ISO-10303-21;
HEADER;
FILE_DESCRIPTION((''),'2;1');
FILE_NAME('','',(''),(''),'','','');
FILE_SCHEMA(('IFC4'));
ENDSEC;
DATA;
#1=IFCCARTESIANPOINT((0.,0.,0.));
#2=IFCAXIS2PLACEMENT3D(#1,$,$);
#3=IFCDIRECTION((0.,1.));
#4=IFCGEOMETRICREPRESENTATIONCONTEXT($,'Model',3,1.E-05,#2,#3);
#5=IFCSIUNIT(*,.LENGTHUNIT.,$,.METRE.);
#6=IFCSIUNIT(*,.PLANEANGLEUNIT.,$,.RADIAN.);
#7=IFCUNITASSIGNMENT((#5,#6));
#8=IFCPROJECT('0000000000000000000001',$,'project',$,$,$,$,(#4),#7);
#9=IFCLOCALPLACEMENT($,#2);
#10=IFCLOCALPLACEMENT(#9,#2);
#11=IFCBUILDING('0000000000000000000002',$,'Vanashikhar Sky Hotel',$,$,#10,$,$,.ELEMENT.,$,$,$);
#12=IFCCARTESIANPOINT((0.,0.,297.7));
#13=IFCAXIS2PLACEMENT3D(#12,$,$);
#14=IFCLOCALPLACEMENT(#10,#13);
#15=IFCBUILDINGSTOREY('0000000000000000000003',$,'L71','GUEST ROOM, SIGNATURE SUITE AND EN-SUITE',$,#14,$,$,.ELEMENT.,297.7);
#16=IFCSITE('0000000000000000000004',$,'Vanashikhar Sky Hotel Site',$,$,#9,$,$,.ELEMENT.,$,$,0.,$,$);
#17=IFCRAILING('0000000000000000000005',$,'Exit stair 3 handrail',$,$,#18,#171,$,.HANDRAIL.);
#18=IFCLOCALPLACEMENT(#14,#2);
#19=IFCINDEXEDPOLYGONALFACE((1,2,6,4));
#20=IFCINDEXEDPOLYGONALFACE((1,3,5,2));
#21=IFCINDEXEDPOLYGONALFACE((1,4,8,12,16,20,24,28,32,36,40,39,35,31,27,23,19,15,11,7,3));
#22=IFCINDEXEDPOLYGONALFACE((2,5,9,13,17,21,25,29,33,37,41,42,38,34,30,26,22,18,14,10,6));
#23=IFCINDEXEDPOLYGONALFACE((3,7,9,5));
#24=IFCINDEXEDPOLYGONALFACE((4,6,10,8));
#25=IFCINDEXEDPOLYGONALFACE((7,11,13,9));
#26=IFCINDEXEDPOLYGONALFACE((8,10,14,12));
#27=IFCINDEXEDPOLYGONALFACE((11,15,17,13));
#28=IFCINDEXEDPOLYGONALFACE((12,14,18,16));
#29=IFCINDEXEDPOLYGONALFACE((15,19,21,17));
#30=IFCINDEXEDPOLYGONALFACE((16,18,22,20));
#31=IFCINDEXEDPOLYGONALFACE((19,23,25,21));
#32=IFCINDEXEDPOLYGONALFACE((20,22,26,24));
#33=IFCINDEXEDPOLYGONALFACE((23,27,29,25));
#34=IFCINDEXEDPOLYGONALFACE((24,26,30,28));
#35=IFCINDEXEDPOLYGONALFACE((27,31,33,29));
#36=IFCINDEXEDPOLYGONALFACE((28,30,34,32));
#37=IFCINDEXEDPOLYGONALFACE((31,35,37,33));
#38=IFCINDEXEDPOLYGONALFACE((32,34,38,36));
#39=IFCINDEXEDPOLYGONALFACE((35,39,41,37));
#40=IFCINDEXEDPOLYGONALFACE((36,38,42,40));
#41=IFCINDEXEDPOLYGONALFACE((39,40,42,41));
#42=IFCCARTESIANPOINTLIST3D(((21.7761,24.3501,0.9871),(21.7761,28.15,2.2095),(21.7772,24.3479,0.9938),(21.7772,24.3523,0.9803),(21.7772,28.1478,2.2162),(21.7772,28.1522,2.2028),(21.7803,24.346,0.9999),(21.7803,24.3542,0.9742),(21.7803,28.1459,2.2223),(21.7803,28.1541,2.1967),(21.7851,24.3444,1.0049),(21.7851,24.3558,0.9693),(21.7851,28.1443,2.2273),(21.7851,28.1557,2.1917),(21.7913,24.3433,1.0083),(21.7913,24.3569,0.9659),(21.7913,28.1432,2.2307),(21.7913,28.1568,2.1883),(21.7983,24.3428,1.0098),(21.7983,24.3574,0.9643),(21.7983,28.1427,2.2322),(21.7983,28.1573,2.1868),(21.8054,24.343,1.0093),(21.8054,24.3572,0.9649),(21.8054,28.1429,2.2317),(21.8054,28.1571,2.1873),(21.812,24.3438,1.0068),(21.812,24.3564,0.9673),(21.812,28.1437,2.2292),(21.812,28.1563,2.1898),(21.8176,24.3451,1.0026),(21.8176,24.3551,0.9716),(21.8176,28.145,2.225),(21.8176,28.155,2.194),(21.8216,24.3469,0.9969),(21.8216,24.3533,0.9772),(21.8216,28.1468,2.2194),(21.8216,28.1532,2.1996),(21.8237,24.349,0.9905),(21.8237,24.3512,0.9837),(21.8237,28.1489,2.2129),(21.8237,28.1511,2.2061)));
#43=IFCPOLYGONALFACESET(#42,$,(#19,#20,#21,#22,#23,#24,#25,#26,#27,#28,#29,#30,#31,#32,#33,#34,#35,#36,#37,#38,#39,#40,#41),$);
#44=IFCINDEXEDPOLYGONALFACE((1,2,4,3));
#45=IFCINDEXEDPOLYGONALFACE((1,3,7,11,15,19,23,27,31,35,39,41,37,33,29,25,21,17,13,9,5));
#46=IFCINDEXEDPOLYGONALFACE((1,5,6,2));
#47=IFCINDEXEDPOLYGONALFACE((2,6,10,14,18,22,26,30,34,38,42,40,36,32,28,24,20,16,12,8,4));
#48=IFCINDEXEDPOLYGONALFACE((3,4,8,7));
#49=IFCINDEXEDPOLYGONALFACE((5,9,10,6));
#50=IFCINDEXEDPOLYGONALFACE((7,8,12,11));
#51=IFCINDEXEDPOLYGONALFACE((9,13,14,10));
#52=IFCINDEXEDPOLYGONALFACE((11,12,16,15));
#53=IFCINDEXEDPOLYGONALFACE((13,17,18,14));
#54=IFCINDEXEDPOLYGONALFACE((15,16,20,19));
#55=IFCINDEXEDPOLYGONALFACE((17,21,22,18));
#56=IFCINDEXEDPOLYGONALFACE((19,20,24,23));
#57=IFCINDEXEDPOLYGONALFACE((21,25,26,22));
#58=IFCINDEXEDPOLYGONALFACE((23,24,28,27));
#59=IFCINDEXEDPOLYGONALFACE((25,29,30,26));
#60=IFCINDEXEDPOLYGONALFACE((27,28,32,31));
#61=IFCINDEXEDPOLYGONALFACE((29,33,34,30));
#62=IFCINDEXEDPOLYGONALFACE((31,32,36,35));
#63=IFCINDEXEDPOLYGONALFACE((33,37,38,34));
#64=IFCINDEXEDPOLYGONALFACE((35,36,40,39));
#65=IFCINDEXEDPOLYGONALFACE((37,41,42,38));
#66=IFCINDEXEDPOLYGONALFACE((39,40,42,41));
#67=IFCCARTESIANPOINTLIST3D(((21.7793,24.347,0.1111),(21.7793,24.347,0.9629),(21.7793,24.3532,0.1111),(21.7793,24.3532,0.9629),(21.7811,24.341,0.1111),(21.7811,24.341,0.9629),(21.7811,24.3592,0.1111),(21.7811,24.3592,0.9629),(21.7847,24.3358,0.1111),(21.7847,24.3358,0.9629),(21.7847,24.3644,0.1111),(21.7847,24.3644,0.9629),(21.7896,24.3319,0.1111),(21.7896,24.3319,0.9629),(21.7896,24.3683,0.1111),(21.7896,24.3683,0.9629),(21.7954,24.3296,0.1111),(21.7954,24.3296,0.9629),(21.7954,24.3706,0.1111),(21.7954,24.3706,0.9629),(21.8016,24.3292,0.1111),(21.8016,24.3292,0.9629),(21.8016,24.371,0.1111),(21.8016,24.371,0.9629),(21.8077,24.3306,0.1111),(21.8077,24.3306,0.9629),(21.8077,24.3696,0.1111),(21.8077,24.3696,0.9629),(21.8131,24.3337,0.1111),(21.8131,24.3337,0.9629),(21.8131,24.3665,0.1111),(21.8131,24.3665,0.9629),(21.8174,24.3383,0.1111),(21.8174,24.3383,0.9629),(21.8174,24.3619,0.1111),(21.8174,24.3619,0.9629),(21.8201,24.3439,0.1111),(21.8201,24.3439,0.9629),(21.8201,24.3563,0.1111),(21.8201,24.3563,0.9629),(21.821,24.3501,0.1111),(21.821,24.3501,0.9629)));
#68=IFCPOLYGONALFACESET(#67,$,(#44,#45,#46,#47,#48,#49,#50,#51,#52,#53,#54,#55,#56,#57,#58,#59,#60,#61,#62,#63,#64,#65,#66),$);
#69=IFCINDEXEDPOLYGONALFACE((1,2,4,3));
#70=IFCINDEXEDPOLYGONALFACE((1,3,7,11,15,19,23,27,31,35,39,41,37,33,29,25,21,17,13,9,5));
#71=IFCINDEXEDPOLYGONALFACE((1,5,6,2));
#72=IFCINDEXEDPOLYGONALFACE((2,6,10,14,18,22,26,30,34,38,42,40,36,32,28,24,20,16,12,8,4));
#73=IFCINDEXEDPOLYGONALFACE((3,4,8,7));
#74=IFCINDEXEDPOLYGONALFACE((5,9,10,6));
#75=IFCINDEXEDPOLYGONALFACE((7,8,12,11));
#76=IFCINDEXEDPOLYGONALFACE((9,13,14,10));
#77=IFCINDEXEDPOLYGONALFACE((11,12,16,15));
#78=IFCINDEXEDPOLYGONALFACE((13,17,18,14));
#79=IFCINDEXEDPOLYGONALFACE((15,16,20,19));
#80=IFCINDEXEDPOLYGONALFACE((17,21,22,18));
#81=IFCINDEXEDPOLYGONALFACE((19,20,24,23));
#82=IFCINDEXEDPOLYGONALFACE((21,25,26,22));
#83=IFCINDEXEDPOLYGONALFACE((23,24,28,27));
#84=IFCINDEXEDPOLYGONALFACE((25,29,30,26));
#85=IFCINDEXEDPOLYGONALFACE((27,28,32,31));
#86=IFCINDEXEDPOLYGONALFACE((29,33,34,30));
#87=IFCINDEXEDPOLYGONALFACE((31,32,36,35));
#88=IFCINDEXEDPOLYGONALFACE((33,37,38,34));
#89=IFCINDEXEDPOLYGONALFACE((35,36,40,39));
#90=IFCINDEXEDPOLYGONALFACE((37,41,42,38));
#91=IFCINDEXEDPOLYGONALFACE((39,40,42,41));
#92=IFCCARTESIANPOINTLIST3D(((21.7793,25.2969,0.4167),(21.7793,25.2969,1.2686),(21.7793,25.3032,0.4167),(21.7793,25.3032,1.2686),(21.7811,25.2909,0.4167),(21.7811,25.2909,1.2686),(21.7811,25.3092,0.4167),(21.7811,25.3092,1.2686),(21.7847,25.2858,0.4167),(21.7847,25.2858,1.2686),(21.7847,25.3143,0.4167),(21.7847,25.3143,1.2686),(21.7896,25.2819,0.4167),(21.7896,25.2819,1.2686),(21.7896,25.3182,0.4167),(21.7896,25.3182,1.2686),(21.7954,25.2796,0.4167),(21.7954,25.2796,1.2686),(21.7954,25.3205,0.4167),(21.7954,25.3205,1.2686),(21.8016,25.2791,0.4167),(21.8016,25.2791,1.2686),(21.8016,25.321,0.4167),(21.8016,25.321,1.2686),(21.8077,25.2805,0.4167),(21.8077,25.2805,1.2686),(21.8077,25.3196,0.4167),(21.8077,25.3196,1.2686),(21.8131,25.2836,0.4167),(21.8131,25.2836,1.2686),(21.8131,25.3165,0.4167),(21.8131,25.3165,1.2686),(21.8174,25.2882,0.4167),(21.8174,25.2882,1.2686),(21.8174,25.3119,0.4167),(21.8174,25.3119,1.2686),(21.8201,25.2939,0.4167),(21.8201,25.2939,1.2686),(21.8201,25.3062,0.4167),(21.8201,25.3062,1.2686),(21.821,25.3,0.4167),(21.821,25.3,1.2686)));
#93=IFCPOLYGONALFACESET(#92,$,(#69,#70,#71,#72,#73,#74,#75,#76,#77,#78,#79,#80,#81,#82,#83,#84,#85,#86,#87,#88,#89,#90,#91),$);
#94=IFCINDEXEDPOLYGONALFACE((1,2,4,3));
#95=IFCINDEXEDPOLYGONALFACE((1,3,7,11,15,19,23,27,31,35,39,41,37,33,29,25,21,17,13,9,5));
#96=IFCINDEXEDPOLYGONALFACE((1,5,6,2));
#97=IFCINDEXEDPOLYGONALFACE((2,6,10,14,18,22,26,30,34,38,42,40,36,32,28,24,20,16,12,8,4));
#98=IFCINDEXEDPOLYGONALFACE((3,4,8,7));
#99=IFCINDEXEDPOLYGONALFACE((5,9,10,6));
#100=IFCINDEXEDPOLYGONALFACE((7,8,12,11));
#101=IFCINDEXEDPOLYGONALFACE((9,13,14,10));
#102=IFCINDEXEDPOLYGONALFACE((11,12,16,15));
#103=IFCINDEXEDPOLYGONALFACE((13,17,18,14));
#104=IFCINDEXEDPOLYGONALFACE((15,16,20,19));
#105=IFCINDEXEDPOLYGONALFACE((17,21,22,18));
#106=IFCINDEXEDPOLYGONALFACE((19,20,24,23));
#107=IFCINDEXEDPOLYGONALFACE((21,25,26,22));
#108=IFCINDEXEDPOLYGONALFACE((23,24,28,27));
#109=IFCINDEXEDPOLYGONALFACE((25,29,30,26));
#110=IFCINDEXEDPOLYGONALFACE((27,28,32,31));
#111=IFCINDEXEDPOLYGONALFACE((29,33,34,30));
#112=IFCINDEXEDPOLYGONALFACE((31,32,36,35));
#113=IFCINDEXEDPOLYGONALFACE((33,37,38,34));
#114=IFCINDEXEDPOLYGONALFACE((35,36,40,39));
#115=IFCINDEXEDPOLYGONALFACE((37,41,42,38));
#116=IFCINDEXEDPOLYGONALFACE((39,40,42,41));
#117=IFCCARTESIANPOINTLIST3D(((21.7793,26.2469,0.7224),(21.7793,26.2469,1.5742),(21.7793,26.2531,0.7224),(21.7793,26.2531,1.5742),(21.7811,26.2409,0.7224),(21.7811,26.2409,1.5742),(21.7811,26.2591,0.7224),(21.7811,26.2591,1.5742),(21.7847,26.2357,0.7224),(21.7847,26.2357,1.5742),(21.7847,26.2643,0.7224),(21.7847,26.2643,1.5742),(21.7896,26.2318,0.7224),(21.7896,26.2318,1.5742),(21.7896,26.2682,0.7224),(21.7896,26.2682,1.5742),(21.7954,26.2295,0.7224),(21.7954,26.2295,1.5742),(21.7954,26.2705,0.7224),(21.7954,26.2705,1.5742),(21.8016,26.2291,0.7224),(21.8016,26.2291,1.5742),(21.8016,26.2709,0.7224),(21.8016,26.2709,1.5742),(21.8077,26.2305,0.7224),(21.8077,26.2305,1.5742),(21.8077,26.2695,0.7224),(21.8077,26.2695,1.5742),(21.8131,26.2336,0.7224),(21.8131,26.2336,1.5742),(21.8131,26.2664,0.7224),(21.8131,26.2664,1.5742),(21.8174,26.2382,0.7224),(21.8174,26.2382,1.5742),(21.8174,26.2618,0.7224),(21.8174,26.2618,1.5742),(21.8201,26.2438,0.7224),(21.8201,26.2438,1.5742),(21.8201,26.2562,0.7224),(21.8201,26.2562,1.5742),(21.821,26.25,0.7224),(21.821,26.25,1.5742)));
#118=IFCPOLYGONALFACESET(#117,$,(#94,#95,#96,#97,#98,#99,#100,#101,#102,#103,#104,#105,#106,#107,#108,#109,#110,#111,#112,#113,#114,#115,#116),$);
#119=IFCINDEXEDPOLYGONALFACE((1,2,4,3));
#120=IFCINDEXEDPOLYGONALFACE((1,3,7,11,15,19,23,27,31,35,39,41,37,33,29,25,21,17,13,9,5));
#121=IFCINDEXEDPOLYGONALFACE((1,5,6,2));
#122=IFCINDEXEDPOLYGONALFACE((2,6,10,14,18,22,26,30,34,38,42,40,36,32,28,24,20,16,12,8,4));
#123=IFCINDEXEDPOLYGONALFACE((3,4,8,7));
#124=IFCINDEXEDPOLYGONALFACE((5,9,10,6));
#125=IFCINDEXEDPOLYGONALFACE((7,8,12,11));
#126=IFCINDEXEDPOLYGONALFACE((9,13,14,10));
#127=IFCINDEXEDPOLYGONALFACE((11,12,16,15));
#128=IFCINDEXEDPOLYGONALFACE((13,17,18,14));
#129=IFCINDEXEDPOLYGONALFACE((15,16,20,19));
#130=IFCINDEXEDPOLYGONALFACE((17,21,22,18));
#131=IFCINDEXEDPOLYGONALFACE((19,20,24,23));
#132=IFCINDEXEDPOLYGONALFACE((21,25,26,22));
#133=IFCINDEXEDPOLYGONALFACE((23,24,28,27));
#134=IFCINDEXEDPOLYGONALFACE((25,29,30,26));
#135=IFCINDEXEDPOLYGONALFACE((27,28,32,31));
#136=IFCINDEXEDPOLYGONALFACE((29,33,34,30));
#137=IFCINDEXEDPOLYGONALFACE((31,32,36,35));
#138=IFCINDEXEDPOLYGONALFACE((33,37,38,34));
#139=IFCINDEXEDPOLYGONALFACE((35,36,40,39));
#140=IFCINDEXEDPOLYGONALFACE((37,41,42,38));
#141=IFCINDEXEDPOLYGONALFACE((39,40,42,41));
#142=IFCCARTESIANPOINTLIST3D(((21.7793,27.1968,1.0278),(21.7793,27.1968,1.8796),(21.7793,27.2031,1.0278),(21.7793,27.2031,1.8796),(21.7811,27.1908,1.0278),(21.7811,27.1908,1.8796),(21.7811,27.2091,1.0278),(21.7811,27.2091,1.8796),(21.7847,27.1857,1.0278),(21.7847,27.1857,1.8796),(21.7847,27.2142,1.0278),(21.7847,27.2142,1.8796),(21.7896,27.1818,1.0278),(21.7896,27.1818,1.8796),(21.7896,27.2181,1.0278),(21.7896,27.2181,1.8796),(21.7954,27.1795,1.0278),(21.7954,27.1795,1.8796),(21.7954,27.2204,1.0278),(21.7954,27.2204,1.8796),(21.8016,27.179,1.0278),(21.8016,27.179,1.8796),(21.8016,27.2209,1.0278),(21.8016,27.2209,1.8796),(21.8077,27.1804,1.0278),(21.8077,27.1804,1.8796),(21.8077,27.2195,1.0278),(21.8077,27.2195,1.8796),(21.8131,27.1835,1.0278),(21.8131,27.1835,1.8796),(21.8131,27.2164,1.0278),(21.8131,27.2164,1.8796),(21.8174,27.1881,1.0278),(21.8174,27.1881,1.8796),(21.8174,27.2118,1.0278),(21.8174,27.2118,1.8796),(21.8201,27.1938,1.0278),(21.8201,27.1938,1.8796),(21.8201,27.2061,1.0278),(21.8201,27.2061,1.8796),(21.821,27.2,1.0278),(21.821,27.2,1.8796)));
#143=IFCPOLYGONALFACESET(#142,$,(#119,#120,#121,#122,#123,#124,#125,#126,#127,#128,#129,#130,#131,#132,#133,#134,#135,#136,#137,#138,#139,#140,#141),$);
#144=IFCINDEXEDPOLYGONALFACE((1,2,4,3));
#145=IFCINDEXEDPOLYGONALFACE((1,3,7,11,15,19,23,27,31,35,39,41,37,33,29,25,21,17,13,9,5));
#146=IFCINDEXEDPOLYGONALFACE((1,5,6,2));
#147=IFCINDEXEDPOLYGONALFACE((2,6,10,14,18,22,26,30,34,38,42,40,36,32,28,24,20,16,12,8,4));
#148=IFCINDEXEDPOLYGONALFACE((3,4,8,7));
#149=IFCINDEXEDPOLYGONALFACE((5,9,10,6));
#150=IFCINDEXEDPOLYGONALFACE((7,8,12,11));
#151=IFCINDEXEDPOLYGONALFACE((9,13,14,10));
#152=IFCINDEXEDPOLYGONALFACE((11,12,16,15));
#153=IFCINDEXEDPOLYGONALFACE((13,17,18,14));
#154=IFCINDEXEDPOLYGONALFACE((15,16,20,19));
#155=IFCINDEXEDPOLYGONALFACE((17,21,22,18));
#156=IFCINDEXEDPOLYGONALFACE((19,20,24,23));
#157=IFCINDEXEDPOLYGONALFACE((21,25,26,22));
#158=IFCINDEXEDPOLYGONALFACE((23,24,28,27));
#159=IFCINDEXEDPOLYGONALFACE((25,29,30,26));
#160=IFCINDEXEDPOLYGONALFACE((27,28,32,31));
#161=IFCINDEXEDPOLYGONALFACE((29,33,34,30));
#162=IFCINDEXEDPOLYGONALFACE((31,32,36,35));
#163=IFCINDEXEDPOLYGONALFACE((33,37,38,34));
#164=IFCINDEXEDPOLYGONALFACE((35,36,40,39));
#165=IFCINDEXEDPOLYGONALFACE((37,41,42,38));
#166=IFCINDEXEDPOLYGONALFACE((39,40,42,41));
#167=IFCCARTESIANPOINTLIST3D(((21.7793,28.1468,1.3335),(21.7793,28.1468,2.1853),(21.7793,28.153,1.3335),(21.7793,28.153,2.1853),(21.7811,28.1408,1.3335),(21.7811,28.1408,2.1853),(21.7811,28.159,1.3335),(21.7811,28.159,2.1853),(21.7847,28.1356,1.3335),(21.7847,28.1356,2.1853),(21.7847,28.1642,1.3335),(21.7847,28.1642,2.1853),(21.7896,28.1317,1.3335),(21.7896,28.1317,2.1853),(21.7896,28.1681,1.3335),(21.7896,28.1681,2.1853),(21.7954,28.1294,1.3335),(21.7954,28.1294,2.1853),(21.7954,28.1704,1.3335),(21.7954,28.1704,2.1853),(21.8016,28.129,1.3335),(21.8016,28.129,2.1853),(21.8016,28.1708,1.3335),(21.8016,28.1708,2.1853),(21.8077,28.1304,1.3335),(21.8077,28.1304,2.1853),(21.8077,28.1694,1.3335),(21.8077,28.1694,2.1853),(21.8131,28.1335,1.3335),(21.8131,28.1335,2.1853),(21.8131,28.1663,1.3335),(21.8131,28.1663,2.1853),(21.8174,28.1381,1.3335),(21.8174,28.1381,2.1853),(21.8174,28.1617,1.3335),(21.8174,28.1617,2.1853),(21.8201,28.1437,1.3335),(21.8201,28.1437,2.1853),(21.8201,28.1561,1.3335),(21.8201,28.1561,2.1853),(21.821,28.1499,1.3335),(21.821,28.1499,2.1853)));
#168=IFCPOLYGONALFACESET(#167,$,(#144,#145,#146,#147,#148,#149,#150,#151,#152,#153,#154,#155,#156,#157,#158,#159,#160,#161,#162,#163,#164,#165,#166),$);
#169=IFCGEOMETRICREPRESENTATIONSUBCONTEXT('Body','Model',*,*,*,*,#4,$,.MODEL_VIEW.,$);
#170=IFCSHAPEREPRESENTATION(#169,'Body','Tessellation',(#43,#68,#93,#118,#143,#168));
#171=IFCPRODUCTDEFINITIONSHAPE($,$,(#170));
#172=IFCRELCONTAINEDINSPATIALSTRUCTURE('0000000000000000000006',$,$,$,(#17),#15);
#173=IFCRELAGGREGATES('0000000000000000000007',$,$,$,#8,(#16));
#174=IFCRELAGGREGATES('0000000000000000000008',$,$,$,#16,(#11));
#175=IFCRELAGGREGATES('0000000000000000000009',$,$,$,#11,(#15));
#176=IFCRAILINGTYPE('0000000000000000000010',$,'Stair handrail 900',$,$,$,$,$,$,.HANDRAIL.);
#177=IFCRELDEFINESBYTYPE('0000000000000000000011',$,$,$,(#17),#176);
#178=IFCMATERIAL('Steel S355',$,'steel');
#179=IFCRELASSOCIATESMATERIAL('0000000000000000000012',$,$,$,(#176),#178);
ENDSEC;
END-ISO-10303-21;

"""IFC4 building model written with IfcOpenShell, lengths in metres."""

from ifc_helpers import new_model, si_unit, direction, frame, origin, origin_2d, place, context, subcontext, project, spatial, circle, extrude, source, transform, mapped, material, type_object, element, save


model = new_model("IFC4")

# Units and contexts
model_context = context("Model", 3, precision=1e-05, world=origin(), true_north=direction((0.0, 1.0)))
body_context = subcontext(model_context, "Body", "Model", "MODEL_VIEW")
ifc_project = project(units=[si_unit("LENGTHUNIT", "METRE"), si_unit("PLANEANGLEUNIT", "RADIAN")], contexts=[model_context])

# Site, building, storey
site_placement = place(None, origin())
site = spatial("IfcSite", under=ifc_project, at=site_placement, Name="Vanashikhar Sky Hotel Site", CompositionType="ELEMENT", RefElevation=0.0)
building_placement = place(site_placement, origin())
building = spatial("IfcBuilding", under=site, at=building_placement, Name="Vanashikhar Sky Hotel", CompositionType="ELEMENT")
storey_placement = place(building_placement, frame((0.0, 0.0, 297.7)))
storey = spatial("IfcBuildingStorey", under=building, at=storey_placement, Name="L71", Description="GUEST ROOM, SIGNATURE SUITE AND EN-SUITE", CompositionType="ELEMENT", Elevation=297.7)

# Railing
ifc_material_1 = material(Name="Steel S355", Category="steel")
railing_type_1 = type_object("IfcRailingType", Name="Stair handrail 900", PredefinedType="HANDRAIL", material=ifc_material_1)
shared_shape_1 = source(origin(), body_context, "Body", "SweptSolid", [
    extrude(circle(Radius=0.0239, at=origin_2d()), frame((0.0, 0.0, 0.876), z_axis=(0.0, 0.951952, 0.306247), x_axis=(-1.0, 0.0, 0.0)), (0.0, 0.0, 1.0), 3.9917),
    extrude(circle(Radius=0.021, at=origin_2d()), origin(), (0.0, 0.0, 1.0), 0.8518),
    extrude(circle(Radius=0.021, at=origin_2d()), frame((0.0, 0.95, 0.3057)), (0.0, 0.0, 1.0), 0.8518),
    extrude(circle(Radius=0.021, at=origin_2d()), frame((0.0, 1.8999, 0.6113)), (0.0, 0.0, 1.0), 0.8518),
    extrude(circle(Radius=0.021, at=origin_2d()), frame((0.0, 2.8499, 0.9167)), (0.0, 0.0, 1.0), 0.8518),
    extrude(circle(Radius=0.021, at=origin_2d()), frame((0.0, 3.7998, 1.2224)), (0.0, 0.0, 1.0), 0.8518),
])
railing_1_placement = place(storey_placement, frame((21.8, 24.3501, 0.1111)))
element("IfcRailing", 1, at=railing_1_placement, inside=storey, type_object=railing_type_1, Name="Exit stair 3 handrail", PredefinedType="HANDRAIL", context=body_context, shape_type="MappedRepresentation", body=[
    mapped(shared_shape_1, transform((0.0, 0.0, 0.0), scale=1.0)),
])

save(model, "model.ifc")
